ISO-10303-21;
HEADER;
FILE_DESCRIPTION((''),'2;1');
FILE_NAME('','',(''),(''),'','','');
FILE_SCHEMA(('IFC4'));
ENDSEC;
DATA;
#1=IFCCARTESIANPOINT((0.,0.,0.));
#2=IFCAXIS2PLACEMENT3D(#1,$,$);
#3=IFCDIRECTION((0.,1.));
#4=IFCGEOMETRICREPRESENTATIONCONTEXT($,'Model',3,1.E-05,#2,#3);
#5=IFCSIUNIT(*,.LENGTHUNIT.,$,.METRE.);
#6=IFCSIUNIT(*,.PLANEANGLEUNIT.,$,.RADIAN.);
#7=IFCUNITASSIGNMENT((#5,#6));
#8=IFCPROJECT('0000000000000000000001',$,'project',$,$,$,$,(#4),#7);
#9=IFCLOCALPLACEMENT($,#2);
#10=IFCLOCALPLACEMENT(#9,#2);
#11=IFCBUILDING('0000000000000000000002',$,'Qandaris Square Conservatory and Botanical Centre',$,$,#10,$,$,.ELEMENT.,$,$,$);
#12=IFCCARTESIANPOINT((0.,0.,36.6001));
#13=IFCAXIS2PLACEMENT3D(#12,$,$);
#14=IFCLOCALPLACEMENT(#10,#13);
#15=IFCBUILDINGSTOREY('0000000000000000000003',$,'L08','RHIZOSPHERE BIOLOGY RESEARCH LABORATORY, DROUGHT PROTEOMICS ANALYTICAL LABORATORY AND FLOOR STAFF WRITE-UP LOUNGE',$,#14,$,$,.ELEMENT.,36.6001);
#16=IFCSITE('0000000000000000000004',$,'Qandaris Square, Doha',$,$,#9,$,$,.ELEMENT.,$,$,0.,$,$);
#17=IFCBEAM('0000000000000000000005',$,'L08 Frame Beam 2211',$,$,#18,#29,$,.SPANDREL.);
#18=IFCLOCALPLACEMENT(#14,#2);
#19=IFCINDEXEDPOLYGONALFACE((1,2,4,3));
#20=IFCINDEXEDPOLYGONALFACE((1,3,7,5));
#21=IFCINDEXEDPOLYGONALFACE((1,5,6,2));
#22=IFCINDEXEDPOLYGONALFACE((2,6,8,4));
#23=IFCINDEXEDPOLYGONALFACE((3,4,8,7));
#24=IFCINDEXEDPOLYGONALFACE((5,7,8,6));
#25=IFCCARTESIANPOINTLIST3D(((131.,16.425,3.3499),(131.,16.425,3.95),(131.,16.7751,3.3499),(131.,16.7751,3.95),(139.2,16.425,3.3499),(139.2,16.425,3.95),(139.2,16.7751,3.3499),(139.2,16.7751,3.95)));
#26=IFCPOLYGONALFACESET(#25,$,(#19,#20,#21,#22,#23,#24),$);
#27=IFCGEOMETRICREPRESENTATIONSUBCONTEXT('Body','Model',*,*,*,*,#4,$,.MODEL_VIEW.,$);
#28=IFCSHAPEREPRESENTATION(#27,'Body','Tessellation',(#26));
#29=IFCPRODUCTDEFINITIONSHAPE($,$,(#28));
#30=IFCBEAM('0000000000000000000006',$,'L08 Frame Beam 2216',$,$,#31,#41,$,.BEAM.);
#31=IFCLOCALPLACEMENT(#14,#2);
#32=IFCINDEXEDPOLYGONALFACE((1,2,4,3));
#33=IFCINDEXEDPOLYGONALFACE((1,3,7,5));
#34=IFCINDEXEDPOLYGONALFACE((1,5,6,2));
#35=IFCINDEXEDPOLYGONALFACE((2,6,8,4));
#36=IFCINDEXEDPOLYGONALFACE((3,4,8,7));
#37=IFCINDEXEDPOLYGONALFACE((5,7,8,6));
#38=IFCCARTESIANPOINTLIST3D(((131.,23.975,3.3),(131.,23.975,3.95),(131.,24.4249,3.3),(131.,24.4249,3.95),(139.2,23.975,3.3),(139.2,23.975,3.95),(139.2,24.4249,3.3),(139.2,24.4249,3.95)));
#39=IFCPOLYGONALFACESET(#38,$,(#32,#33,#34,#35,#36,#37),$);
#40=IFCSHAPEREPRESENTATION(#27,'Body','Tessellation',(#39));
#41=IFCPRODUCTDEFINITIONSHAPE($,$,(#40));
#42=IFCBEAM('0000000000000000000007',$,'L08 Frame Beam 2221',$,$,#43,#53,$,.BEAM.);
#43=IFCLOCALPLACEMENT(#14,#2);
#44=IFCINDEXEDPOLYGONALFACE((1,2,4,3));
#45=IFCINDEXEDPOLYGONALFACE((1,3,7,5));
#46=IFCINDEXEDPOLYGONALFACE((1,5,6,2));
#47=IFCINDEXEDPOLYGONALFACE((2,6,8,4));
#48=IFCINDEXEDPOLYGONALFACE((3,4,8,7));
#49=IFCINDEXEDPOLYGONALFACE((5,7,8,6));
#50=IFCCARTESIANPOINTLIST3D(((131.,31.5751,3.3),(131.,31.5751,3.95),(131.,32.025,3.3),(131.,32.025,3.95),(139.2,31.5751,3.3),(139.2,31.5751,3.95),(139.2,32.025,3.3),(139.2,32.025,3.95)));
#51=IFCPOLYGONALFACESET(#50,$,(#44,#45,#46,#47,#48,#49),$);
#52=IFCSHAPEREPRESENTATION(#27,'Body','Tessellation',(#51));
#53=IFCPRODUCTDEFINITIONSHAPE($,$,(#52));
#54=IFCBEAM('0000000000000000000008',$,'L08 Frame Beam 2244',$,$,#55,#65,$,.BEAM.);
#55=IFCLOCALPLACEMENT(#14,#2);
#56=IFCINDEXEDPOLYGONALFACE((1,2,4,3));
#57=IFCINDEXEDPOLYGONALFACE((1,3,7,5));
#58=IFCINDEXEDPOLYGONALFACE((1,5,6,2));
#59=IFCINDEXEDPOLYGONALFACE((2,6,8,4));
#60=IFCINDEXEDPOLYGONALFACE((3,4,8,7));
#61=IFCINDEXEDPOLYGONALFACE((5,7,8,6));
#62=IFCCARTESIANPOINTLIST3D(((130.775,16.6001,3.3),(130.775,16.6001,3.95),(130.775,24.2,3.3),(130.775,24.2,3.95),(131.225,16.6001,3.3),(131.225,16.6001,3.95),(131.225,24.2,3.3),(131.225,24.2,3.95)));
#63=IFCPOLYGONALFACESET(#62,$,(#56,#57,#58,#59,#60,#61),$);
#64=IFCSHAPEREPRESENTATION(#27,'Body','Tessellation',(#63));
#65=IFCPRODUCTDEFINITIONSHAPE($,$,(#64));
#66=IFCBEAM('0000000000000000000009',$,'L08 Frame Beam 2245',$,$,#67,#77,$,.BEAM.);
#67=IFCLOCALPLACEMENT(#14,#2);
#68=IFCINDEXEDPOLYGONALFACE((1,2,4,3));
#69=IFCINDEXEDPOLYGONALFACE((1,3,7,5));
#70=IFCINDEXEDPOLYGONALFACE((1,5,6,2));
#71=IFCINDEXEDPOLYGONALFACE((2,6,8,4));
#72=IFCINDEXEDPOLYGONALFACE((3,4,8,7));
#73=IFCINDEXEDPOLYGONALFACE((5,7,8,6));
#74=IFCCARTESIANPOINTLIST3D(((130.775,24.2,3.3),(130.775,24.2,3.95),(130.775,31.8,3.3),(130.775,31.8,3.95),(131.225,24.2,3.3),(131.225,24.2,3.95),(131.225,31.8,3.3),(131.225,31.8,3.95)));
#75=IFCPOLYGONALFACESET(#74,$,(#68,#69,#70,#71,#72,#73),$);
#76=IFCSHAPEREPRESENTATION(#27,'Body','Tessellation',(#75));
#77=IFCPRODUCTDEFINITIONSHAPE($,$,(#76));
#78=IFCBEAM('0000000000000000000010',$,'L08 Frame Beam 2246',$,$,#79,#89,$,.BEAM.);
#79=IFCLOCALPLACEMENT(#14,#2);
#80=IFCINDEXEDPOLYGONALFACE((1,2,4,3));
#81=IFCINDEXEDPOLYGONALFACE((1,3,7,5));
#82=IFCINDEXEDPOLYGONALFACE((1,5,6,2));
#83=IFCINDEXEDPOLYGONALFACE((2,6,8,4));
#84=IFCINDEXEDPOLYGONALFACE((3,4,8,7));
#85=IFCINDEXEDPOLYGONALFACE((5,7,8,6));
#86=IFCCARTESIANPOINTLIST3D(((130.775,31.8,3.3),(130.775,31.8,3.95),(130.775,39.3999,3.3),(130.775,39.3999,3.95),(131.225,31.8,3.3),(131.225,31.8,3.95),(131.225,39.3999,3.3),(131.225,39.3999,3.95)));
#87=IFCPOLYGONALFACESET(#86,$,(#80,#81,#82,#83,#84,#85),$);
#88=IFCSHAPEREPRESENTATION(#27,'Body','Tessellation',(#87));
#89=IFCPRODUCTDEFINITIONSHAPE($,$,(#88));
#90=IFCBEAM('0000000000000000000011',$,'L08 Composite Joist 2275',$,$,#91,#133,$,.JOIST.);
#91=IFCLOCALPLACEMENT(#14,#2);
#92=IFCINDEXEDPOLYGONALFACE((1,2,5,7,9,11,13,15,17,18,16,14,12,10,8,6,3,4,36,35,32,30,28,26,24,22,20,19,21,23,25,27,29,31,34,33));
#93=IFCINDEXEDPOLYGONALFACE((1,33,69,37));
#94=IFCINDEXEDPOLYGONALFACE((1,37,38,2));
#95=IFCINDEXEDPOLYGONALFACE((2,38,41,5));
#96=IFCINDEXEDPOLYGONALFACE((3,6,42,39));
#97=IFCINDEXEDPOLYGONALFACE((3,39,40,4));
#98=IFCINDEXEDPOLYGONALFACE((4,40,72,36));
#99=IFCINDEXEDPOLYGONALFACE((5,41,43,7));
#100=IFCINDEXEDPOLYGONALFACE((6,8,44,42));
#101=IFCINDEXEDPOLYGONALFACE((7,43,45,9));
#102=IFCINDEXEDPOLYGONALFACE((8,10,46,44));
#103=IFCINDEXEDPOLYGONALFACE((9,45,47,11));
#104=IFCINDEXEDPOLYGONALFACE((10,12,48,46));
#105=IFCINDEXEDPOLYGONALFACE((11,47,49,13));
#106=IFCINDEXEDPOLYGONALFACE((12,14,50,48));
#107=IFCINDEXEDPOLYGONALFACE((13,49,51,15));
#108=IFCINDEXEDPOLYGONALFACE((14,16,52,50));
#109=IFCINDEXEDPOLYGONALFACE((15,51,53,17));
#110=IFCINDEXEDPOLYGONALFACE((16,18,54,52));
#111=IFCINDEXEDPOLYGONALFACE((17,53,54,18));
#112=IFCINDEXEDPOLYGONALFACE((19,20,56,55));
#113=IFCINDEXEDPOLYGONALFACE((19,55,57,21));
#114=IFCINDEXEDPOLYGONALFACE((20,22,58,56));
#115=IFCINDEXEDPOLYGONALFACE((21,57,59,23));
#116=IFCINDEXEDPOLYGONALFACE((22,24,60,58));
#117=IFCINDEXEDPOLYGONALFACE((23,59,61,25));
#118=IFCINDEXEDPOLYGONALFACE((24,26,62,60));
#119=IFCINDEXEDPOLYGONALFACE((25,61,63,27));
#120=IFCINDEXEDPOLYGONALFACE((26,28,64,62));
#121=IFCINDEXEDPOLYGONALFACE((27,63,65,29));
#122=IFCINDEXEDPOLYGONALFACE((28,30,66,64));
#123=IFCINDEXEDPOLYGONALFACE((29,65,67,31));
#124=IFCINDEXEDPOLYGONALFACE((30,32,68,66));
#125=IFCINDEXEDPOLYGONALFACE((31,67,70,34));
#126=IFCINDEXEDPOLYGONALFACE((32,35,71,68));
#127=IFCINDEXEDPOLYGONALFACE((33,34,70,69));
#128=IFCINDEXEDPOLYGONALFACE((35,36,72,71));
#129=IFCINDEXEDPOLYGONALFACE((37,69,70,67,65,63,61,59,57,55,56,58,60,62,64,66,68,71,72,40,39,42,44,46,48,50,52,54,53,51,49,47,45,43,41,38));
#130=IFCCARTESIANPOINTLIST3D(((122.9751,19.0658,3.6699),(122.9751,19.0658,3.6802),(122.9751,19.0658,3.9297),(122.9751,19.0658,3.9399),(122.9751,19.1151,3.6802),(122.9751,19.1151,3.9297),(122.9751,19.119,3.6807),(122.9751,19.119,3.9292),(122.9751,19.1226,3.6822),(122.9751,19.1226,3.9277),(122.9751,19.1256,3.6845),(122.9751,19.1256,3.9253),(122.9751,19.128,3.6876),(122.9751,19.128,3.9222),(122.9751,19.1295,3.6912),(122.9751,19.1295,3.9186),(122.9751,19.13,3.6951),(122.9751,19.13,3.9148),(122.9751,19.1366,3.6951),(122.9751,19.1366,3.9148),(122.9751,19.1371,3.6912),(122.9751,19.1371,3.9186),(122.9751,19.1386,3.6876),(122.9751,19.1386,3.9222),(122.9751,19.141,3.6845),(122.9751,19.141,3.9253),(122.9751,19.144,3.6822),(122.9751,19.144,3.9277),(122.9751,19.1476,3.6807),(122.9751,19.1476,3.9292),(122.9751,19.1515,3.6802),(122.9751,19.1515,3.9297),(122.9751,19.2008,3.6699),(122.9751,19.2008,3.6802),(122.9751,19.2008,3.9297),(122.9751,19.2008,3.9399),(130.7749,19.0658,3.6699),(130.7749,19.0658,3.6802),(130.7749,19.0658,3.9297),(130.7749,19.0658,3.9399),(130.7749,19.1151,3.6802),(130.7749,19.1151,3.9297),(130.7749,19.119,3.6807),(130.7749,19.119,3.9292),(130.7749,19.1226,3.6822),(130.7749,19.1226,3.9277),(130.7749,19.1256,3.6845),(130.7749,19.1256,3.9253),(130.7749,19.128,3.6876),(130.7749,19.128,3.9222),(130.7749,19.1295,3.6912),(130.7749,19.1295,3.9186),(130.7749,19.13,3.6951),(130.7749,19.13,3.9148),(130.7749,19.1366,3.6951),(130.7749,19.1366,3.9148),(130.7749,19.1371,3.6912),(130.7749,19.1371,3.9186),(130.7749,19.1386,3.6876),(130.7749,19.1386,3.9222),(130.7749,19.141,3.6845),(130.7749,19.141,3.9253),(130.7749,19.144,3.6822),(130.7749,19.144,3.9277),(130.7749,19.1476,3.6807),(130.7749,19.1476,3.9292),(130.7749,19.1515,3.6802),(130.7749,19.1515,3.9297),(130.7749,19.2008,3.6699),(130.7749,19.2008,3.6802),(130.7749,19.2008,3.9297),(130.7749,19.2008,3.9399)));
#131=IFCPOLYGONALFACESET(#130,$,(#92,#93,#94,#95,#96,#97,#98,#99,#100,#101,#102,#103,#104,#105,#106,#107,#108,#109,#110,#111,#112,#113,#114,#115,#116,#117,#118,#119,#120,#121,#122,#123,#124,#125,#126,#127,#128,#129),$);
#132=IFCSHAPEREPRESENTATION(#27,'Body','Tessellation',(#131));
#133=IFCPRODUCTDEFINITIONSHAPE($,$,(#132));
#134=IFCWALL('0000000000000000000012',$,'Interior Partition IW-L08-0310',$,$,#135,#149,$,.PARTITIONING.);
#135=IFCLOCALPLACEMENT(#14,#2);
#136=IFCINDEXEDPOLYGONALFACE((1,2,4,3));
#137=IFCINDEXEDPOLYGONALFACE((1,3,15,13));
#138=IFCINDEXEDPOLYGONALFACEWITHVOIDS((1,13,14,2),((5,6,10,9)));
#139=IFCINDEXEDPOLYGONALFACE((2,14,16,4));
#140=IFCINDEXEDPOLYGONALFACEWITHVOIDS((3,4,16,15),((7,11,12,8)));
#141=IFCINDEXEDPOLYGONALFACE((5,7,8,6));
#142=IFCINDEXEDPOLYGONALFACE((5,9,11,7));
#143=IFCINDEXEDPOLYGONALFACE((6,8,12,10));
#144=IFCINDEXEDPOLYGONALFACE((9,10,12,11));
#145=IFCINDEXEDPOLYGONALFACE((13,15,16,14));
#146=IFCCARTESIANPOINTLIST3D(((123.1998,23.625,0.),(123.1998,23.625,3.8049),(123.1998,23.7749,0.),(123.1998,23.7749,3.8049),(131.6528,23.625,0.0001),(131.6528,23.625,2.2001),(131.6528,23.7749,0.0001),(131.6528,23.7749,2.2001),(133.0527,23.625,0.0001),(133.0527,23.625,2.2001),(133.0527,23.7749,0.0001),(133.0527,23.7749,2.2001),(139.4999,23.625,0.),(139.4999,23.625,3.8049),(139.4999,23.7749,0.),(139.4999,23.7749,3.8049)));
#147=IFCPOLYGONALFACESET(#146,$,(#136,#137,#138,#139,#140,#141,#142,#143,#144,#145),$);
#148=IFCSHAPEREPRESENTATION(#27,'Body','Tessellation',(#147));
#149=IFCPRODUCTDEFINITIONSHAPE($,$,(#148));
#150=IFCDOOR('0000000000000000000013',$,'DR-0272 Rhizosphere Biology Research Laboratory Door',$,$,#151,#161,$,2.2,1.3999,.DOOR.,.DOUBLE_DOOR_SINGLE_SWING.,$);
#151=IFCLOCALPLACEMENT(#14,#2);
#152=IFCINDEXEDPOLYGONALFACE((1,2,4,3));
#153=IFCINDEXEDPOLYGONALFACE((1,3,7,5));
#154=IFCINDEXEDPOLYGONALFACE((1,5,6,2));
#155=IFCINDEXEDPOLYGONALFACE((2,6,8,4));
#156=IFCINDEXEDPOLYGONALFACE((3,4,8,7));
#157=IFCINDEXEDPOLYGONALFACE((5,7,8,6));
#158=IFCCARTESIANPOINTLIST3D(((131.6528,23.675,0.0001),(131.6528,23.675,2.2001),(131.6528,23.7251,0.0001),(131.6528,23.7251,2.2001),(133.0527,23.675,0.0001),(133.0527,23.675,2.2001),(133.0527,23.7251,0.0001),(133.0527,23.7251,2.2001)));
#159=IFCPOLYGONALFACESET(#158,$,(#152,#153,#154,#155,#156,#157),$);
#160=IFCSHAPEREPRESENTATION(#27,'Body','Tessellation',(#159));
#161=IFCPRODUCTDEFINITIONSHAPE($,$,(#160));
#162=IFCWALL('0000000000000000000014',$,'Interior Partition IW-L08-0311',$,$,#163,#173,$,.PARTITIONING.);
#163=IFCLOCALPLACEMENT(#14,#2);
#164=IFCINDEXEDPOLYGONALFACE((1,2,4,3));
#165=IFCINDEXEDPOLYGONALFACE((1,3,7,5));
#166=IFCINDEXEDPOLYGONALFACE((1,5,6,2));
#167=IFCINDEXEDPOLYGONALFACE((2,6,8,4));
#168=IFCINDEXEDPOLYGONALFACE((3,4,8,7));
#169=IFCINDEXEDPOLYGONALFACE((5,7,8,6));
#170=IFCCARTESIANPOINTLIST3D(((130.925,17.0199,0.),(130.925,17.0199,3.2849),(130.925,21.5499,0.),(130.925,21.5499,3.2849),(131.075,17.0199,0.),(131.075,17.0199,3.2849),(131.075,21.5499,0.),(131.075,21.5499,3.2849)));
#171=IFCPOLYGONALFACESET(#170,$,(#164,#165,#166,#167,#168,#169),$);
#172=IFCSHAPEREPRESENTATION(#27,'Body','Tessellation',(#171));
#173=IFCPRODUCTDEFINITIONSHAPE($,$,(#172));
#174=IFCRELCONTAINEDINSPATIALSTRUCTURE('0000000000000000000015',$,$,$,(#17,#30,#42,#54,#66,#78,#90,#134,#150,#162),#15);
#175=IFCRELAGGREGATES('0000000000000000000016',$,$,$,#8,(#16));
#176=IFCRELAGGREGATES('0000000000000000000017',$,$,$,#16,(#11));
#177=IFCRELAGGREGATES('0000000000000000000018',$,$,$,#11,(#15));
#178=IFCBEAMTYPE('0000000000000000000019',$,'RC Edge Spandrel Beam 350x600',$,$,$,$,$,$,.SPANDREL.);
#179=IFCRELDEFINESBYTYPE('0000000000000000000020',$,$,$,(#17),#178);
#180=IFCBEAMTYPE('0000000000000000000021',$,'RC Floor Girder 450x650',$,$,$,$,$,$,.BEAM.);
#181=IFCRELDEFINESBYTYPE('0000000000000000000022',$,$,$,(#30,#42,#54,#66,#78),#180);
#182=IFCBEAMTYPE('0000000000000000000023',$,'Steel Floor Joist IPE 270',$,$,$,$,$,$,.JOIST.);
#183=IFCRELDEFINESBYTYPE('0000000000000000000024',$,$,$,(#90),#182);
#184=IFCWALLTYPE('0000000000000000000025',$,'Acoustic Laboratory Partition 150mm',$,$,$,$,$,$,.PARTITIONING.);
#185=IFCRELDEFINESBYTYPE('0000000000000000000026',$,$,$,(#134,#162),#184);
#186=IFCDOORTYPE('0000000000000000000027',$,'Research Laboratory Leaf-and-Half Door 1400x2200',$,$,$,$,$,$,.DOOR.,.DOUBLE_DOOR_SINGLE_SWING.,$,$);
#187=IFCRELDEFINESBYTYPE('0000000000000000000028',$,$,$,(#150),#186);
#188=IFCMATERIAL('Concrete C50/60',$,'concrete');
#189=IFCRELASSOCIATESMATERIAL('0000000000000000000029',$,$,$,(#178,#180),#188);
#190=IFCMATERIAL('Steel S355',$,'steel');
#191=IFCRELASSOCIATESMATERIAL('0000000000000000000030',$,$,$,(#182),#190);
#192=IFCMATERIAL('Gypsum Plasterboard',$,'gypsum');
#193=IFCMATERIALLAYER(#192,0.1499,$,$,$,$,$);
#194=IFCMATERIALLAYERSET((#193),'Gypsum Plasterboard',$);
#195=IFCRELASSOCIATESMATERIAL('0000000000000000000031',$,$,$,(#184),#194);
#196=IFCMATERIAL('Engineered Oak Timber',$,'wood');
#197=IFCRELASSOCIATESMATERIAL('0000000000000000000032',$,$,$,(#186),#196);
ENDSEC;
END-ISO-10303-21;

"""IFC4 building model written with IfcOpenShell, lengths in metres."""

from ifc_helpers import new_model, si_unit, direction, frame, frame_2d, origin, origin_2d, place, context, subcontext, project, spatial, rectangle, i_section, extrude, material, layer, layer_set, material_profile, profile_set, type_object, element, fill, save


model = new_model("IFC4")

# Units and contexts
model_context = context("Model", 3, precision=1e-05, world=origin(), true_north=direction((0.0, 1.0)))
body_context = subcontext(model_context, "Body", "Model", "MODEL_VIEW")
ifc_project = project(units=[si_unit("LENGTHUNIT", "METRE"), si_unit("PLANEANGLEUNIT", "RADIAN")], contexts=[model_context])

# Site, building, storey
site_placement = place(None, origin())
site = spatial("IfcSite", under=ifc_project, at=site_placement, Name="Qandaris Square, Doha", CompositionType="ELEMENT", RefElevation=0.0)
building_placement = place(site_placement, origin())
building = spatial("IfcBuilding", under=site, at=building_placement, Name="Qandaris Square Conservatory and Botanical Centre", CompositionType="ELEMENT")
storey_placement = place(building_placement, frame((0.0, 0.0, 36.6001)))
storey = spatial("IfcBuildingStorey", under=building, at=storey_placement, Name="L08", Description="RHIZOSPHERE BIOLOGY RESEARCH LABORATORY, DROUGHT PROTEOMICS ANALYTICAL LABORATORY AND FLOOR STAFF WRITE-UP LOUNGE", CompositionType="ELEMENT", Elevation=36.6001)

# Shared definitions
ifc_material_1 = material(Name="Concrete C50/60", Category="concrete")

# Beams
ifc_material_2 = material(Name="Steel S355", Category="steel")
ifc_material_profile_1 = material_profile(ifc_material_1, rectangle(XDim=0.3501, YDim=0.6001, at=origin_2d()), Name="RC-SP 350x600")
ifc_profile_set_1 = profile_set([ifc_material_profile_1], Name="Concrete C50/60")
beam_type_1 = type_object("IfcBeamType", Name="RC Edge Spandrel Beam 350x600", PredefinedType="SPANDREL", material=ifc_profile_set_1)
beam_1_placement = place(storey_placement, frame((131.0, 16.6001, 3.6499), z_axis=(1.0, 0.0, 0.0), x_axis=(0.0, 1.0, 0.0)))
element("IfcBeam", 1, at=beam_1_placement, inside=storey, type_object=beam_type_1, Name="L08 Frame Beam 2211", PredefinedType="SPANDREL", context=body_context, shape_type="SweptSolid", body=[
    extrude(rectangle(XDim=0.3501, YDim=0.6001, at=origin_2d()), origin(), (0.0, 0.0, 1.0), 8.2),
])
ifc_material_profile_2 = material_profile(ifc_material_1, rectangle(XDim=0.45, YDim=0.6499, at=origin_2d()), Name="RC-BM 450x650")
ifc_profile_set_2 = profile_set([ifc_material_profile_2], Name="Concrete C50/60")
beam_type_2 = type_object("IfcBeamType", Name="RC Floor Girder 450x650", PredefinedType="BEAM", material=ifc_profile_set_2)
for number, where, z_axis, x_axis, name in (
    (2, (131.0, 24.2, 3.625), (1.0, 0.0, 0.0), (0.0, 1.0, 0.0), "L08 Frame Beam 2216"),
    (3, (131.0, 31.8, 3.625), (1.0, 0.0, 0.0), (0.0, 1.0, 0.0), "L08 Frame Beam 2221"),
):
    element("IfcBeam", number, at=place(storey_placement, frame(where, z_axis=z_axis, x_axis=x_axis)), inside=storey, type_object=beam_type_2, Name=name, PredefinedType="BEAM", context=body_context, shape_type="SweptSolid", body=[
        extrude(rectangle(XDim=0.45, YDim=0.6499, at=origin_2d()), origin(), (0.0, 0.0, 1.0), 8.2),
    ])
beam_2_placement = place(storey_placement, frame((131.0, 16.6001, 3.625), z_axis=(0.0, 1.0, 0.0), x_axis=(-1.0, 0.0, 0.0)))
element("IfcBeam", 4, at=beam_2_placement, inside=storey, type_object=beam_type_2, Name="L08 Frame Beam 2244", PredefinedType="BEAM", context=body_context, shape_type="SweptSolid", body=[
    extrude(rectangle(XDim=0.45, YDim=0.6499, at=origin_2d()), origin(), (0.0, 0.0, 1.0), 7.5999),
])
beam_3_placement = place(storey_placement, frame((131.0, 24.2, 3.625), z_axis=(0.0, 1.0, 0.0), x_axis=(-1.0, 0.0, 0.0)))
element("IfcBeam", 5, at=beam_3_placement, inside=storey, type_object=beam_type_2, Name="L08 Frame Beam 2245", PredefinedType="BEAM", context=body_context, shape_type="SweptSolid", body=[
    extrude(rectangle(XDim=0.45, YDim=0.6499, at=origin_2d()), origin(), (0.0, 0.0, 1.0), 7.6001),
])
beam_4_placement = place(storey_placement, frame((131.0, 31.8, 3.625), z_axis=(0.0, 1.0, 0.0), x_axis=(-1.0, 0.0, 0.0)))
element("IfcBeam", 6, at=beam_4_placement, inside=storey, type_object=beam_type_2, Name="L08 Frame Beam 2246", PredefinedType="BEAM", context=body_context, shape_type="SweptSolid", body=[
    extrude(rectangle(XDim=0.45, YDim=0.6499, at=origin_2d()), origin(), (0.0, 0.0, 1.0), 7.5999),
])
ifc_material_profile_3 = material_profile(ifc_material_2, i_section(OverallWidth=0.135, OverallDepth=0.27, WebThickness=0.0066, FlangeThickness=0.0103, FilletRadius=0.0149, at=origin_2d()), Name="IPE 270")
ifc_profile_set_3 = profile_set([ifc_material_profile_3], Name="Steel S355")
beam_type_3 = type_object("IfcBeamType", Name="Steel Floor Joist IPE 270", PredefinedType="JOIST", material=ifc_profile_set_3)
beam_5_placement = place(storey_placement, frame((122.9751, 19.1333, 3.8049), z_axis=(1.0, 0.0, 0.0), x_axis=(0.0, 1.0, 0.0)))
element("IfcBeam", 7, at=beam_5_placement, inside=storey, type_object=beam_type_3, Name="L08 Composite Joist 2275", PredefinedType="JOIST", context=body_context, shape_type="SweptSolid", body=[
    extrude(i_section(OverallWidth=0.135, OverallDepth=0.27, WebThickness=0.0066, FlangeThickness=0.0103, FilletRadius=0.0149, at=origin_2d()), origin(), (0.0, 0.0, 1.0), 7.7998),
])

# Wall, opening, door
ifc_material_3 = material(Name="Gypsum Plasterboard", Category="gypsum")
ifc_layer_1 = layer(ifc_material_3, 0.1499)
ifc_layer_set_1 = layer_set([ifc_layer_1], Name="Gypsum Plasterboard")
wall_type_1 = type_object("IfcWallType", Name="Acoustic Laboratory Partition 150mm", PredefinedType="PARTITIONING", material=ifc_layer_set_1)
wall_1_placement = place(storey_placement, frame((123.2, 23.7, 0.0), z_axis=(0.0, 0.0, 1.0), x_axis=(1.0, 0.0, 0.0)))
wall_1 = element("IfcWall", 8, at=wall_1_placement, inside=storey, type_object=wall_type_1, Name="Interior Partition IW-L08-0310", PredefinedType="PARTITIONING", context=body_context, shape_type="SweptSolid", body=[
    extrude(rectangle(XDim=16.3, YDim=0.1499, at=frame_2d((8.1499, 0.0))), origin(), (0.0, 0.0, 1.0), 3.8049),
])
opening_1_placement = place(wall_1_placement, frame((8.4529, 0.0, 0.0)))
opening_1 = element("IfcOpeningElement", 9, at=opening_1_placement, cuts=wall_1, PredefinedType="OPENING", context=body_context, shape_type="SweptSolid", body=[
    extrude(rectangle(XDim=1.3999, YDim=2.2, at=frame_2d((0.7, 1.1001))), frame((0.0, 0.0869, 0.0), z_axis=(0.0, -1.0, 0.0), x_axis=(1.0, 0.0, 0.0)), (0.0, 0.0, 1.0), 0.1738),
])
ifc_material_4 = material(Name="Engineered Oak Timber", Category="wood")
door_type_1 = type_object("IfcDoorType", Name="Research Laboratory Leaf-and-Half Door 1400x2200", OperationType="DOUBLE_DOOR_SINGLE_SWING", PredefinedType="DOOR", material=ifc_material_4)
door_1_placement = place(opening_1_placement, frame((1.3999, 0.0, 0.0), z_axis=(0.0, 0.0, 1.0), x_axis=(-1.0, 0.0, 0.0)))
door_1 = element("IfcDoor", 10, at=door_1_placement, inside=storey, type_object=door_type_1, Name="DR-0272 Rhizosphere Biology Research Laboratory Door", OperationType="DOUBLE_DOOR_SINGLE_SWING", OverallHeight=2.2, OverallWidth=1.3999, PredefinedType="DOOR", context=body_context, shape_type="SweptSolid", body=[
    extrude(rectangle(XDim=1.3999, YDim=2.2, at=frame_2d((0.7, 1.1001))), frame((0.0, 0.0249, 0.0), z_axis=(0.0, -1.0, 0.0), x_axis=(1.0, 0.0, 0.0)), (0.0, 0.0, 1.0), 0.05),
])
fill(opening_1, door_1)

# Wall
wall_2_placement = place(storey_placement, frame((131.0, 21.55, 0.0), z_axis=(0.0, 0.0, 1.0), x_axis=(0.0, -1.0, 0.0)))
element("IfcWall", 11, at=wall_2_placement, inside=storey, type_object=wall_type_1, Name="Interior Partition IW-L08-0311", PredefinedType="PARTITIONING", context=body_context, shape_type="SweptSolid", body=[
    extrude(rectangle(XDim=4.53, YDim=0.1499, at=frame_2d((2.2651, 0.0))), origin(), (0.0, 0.0, 1.0), 3.2849),
])

save(model, "model.ifc")
